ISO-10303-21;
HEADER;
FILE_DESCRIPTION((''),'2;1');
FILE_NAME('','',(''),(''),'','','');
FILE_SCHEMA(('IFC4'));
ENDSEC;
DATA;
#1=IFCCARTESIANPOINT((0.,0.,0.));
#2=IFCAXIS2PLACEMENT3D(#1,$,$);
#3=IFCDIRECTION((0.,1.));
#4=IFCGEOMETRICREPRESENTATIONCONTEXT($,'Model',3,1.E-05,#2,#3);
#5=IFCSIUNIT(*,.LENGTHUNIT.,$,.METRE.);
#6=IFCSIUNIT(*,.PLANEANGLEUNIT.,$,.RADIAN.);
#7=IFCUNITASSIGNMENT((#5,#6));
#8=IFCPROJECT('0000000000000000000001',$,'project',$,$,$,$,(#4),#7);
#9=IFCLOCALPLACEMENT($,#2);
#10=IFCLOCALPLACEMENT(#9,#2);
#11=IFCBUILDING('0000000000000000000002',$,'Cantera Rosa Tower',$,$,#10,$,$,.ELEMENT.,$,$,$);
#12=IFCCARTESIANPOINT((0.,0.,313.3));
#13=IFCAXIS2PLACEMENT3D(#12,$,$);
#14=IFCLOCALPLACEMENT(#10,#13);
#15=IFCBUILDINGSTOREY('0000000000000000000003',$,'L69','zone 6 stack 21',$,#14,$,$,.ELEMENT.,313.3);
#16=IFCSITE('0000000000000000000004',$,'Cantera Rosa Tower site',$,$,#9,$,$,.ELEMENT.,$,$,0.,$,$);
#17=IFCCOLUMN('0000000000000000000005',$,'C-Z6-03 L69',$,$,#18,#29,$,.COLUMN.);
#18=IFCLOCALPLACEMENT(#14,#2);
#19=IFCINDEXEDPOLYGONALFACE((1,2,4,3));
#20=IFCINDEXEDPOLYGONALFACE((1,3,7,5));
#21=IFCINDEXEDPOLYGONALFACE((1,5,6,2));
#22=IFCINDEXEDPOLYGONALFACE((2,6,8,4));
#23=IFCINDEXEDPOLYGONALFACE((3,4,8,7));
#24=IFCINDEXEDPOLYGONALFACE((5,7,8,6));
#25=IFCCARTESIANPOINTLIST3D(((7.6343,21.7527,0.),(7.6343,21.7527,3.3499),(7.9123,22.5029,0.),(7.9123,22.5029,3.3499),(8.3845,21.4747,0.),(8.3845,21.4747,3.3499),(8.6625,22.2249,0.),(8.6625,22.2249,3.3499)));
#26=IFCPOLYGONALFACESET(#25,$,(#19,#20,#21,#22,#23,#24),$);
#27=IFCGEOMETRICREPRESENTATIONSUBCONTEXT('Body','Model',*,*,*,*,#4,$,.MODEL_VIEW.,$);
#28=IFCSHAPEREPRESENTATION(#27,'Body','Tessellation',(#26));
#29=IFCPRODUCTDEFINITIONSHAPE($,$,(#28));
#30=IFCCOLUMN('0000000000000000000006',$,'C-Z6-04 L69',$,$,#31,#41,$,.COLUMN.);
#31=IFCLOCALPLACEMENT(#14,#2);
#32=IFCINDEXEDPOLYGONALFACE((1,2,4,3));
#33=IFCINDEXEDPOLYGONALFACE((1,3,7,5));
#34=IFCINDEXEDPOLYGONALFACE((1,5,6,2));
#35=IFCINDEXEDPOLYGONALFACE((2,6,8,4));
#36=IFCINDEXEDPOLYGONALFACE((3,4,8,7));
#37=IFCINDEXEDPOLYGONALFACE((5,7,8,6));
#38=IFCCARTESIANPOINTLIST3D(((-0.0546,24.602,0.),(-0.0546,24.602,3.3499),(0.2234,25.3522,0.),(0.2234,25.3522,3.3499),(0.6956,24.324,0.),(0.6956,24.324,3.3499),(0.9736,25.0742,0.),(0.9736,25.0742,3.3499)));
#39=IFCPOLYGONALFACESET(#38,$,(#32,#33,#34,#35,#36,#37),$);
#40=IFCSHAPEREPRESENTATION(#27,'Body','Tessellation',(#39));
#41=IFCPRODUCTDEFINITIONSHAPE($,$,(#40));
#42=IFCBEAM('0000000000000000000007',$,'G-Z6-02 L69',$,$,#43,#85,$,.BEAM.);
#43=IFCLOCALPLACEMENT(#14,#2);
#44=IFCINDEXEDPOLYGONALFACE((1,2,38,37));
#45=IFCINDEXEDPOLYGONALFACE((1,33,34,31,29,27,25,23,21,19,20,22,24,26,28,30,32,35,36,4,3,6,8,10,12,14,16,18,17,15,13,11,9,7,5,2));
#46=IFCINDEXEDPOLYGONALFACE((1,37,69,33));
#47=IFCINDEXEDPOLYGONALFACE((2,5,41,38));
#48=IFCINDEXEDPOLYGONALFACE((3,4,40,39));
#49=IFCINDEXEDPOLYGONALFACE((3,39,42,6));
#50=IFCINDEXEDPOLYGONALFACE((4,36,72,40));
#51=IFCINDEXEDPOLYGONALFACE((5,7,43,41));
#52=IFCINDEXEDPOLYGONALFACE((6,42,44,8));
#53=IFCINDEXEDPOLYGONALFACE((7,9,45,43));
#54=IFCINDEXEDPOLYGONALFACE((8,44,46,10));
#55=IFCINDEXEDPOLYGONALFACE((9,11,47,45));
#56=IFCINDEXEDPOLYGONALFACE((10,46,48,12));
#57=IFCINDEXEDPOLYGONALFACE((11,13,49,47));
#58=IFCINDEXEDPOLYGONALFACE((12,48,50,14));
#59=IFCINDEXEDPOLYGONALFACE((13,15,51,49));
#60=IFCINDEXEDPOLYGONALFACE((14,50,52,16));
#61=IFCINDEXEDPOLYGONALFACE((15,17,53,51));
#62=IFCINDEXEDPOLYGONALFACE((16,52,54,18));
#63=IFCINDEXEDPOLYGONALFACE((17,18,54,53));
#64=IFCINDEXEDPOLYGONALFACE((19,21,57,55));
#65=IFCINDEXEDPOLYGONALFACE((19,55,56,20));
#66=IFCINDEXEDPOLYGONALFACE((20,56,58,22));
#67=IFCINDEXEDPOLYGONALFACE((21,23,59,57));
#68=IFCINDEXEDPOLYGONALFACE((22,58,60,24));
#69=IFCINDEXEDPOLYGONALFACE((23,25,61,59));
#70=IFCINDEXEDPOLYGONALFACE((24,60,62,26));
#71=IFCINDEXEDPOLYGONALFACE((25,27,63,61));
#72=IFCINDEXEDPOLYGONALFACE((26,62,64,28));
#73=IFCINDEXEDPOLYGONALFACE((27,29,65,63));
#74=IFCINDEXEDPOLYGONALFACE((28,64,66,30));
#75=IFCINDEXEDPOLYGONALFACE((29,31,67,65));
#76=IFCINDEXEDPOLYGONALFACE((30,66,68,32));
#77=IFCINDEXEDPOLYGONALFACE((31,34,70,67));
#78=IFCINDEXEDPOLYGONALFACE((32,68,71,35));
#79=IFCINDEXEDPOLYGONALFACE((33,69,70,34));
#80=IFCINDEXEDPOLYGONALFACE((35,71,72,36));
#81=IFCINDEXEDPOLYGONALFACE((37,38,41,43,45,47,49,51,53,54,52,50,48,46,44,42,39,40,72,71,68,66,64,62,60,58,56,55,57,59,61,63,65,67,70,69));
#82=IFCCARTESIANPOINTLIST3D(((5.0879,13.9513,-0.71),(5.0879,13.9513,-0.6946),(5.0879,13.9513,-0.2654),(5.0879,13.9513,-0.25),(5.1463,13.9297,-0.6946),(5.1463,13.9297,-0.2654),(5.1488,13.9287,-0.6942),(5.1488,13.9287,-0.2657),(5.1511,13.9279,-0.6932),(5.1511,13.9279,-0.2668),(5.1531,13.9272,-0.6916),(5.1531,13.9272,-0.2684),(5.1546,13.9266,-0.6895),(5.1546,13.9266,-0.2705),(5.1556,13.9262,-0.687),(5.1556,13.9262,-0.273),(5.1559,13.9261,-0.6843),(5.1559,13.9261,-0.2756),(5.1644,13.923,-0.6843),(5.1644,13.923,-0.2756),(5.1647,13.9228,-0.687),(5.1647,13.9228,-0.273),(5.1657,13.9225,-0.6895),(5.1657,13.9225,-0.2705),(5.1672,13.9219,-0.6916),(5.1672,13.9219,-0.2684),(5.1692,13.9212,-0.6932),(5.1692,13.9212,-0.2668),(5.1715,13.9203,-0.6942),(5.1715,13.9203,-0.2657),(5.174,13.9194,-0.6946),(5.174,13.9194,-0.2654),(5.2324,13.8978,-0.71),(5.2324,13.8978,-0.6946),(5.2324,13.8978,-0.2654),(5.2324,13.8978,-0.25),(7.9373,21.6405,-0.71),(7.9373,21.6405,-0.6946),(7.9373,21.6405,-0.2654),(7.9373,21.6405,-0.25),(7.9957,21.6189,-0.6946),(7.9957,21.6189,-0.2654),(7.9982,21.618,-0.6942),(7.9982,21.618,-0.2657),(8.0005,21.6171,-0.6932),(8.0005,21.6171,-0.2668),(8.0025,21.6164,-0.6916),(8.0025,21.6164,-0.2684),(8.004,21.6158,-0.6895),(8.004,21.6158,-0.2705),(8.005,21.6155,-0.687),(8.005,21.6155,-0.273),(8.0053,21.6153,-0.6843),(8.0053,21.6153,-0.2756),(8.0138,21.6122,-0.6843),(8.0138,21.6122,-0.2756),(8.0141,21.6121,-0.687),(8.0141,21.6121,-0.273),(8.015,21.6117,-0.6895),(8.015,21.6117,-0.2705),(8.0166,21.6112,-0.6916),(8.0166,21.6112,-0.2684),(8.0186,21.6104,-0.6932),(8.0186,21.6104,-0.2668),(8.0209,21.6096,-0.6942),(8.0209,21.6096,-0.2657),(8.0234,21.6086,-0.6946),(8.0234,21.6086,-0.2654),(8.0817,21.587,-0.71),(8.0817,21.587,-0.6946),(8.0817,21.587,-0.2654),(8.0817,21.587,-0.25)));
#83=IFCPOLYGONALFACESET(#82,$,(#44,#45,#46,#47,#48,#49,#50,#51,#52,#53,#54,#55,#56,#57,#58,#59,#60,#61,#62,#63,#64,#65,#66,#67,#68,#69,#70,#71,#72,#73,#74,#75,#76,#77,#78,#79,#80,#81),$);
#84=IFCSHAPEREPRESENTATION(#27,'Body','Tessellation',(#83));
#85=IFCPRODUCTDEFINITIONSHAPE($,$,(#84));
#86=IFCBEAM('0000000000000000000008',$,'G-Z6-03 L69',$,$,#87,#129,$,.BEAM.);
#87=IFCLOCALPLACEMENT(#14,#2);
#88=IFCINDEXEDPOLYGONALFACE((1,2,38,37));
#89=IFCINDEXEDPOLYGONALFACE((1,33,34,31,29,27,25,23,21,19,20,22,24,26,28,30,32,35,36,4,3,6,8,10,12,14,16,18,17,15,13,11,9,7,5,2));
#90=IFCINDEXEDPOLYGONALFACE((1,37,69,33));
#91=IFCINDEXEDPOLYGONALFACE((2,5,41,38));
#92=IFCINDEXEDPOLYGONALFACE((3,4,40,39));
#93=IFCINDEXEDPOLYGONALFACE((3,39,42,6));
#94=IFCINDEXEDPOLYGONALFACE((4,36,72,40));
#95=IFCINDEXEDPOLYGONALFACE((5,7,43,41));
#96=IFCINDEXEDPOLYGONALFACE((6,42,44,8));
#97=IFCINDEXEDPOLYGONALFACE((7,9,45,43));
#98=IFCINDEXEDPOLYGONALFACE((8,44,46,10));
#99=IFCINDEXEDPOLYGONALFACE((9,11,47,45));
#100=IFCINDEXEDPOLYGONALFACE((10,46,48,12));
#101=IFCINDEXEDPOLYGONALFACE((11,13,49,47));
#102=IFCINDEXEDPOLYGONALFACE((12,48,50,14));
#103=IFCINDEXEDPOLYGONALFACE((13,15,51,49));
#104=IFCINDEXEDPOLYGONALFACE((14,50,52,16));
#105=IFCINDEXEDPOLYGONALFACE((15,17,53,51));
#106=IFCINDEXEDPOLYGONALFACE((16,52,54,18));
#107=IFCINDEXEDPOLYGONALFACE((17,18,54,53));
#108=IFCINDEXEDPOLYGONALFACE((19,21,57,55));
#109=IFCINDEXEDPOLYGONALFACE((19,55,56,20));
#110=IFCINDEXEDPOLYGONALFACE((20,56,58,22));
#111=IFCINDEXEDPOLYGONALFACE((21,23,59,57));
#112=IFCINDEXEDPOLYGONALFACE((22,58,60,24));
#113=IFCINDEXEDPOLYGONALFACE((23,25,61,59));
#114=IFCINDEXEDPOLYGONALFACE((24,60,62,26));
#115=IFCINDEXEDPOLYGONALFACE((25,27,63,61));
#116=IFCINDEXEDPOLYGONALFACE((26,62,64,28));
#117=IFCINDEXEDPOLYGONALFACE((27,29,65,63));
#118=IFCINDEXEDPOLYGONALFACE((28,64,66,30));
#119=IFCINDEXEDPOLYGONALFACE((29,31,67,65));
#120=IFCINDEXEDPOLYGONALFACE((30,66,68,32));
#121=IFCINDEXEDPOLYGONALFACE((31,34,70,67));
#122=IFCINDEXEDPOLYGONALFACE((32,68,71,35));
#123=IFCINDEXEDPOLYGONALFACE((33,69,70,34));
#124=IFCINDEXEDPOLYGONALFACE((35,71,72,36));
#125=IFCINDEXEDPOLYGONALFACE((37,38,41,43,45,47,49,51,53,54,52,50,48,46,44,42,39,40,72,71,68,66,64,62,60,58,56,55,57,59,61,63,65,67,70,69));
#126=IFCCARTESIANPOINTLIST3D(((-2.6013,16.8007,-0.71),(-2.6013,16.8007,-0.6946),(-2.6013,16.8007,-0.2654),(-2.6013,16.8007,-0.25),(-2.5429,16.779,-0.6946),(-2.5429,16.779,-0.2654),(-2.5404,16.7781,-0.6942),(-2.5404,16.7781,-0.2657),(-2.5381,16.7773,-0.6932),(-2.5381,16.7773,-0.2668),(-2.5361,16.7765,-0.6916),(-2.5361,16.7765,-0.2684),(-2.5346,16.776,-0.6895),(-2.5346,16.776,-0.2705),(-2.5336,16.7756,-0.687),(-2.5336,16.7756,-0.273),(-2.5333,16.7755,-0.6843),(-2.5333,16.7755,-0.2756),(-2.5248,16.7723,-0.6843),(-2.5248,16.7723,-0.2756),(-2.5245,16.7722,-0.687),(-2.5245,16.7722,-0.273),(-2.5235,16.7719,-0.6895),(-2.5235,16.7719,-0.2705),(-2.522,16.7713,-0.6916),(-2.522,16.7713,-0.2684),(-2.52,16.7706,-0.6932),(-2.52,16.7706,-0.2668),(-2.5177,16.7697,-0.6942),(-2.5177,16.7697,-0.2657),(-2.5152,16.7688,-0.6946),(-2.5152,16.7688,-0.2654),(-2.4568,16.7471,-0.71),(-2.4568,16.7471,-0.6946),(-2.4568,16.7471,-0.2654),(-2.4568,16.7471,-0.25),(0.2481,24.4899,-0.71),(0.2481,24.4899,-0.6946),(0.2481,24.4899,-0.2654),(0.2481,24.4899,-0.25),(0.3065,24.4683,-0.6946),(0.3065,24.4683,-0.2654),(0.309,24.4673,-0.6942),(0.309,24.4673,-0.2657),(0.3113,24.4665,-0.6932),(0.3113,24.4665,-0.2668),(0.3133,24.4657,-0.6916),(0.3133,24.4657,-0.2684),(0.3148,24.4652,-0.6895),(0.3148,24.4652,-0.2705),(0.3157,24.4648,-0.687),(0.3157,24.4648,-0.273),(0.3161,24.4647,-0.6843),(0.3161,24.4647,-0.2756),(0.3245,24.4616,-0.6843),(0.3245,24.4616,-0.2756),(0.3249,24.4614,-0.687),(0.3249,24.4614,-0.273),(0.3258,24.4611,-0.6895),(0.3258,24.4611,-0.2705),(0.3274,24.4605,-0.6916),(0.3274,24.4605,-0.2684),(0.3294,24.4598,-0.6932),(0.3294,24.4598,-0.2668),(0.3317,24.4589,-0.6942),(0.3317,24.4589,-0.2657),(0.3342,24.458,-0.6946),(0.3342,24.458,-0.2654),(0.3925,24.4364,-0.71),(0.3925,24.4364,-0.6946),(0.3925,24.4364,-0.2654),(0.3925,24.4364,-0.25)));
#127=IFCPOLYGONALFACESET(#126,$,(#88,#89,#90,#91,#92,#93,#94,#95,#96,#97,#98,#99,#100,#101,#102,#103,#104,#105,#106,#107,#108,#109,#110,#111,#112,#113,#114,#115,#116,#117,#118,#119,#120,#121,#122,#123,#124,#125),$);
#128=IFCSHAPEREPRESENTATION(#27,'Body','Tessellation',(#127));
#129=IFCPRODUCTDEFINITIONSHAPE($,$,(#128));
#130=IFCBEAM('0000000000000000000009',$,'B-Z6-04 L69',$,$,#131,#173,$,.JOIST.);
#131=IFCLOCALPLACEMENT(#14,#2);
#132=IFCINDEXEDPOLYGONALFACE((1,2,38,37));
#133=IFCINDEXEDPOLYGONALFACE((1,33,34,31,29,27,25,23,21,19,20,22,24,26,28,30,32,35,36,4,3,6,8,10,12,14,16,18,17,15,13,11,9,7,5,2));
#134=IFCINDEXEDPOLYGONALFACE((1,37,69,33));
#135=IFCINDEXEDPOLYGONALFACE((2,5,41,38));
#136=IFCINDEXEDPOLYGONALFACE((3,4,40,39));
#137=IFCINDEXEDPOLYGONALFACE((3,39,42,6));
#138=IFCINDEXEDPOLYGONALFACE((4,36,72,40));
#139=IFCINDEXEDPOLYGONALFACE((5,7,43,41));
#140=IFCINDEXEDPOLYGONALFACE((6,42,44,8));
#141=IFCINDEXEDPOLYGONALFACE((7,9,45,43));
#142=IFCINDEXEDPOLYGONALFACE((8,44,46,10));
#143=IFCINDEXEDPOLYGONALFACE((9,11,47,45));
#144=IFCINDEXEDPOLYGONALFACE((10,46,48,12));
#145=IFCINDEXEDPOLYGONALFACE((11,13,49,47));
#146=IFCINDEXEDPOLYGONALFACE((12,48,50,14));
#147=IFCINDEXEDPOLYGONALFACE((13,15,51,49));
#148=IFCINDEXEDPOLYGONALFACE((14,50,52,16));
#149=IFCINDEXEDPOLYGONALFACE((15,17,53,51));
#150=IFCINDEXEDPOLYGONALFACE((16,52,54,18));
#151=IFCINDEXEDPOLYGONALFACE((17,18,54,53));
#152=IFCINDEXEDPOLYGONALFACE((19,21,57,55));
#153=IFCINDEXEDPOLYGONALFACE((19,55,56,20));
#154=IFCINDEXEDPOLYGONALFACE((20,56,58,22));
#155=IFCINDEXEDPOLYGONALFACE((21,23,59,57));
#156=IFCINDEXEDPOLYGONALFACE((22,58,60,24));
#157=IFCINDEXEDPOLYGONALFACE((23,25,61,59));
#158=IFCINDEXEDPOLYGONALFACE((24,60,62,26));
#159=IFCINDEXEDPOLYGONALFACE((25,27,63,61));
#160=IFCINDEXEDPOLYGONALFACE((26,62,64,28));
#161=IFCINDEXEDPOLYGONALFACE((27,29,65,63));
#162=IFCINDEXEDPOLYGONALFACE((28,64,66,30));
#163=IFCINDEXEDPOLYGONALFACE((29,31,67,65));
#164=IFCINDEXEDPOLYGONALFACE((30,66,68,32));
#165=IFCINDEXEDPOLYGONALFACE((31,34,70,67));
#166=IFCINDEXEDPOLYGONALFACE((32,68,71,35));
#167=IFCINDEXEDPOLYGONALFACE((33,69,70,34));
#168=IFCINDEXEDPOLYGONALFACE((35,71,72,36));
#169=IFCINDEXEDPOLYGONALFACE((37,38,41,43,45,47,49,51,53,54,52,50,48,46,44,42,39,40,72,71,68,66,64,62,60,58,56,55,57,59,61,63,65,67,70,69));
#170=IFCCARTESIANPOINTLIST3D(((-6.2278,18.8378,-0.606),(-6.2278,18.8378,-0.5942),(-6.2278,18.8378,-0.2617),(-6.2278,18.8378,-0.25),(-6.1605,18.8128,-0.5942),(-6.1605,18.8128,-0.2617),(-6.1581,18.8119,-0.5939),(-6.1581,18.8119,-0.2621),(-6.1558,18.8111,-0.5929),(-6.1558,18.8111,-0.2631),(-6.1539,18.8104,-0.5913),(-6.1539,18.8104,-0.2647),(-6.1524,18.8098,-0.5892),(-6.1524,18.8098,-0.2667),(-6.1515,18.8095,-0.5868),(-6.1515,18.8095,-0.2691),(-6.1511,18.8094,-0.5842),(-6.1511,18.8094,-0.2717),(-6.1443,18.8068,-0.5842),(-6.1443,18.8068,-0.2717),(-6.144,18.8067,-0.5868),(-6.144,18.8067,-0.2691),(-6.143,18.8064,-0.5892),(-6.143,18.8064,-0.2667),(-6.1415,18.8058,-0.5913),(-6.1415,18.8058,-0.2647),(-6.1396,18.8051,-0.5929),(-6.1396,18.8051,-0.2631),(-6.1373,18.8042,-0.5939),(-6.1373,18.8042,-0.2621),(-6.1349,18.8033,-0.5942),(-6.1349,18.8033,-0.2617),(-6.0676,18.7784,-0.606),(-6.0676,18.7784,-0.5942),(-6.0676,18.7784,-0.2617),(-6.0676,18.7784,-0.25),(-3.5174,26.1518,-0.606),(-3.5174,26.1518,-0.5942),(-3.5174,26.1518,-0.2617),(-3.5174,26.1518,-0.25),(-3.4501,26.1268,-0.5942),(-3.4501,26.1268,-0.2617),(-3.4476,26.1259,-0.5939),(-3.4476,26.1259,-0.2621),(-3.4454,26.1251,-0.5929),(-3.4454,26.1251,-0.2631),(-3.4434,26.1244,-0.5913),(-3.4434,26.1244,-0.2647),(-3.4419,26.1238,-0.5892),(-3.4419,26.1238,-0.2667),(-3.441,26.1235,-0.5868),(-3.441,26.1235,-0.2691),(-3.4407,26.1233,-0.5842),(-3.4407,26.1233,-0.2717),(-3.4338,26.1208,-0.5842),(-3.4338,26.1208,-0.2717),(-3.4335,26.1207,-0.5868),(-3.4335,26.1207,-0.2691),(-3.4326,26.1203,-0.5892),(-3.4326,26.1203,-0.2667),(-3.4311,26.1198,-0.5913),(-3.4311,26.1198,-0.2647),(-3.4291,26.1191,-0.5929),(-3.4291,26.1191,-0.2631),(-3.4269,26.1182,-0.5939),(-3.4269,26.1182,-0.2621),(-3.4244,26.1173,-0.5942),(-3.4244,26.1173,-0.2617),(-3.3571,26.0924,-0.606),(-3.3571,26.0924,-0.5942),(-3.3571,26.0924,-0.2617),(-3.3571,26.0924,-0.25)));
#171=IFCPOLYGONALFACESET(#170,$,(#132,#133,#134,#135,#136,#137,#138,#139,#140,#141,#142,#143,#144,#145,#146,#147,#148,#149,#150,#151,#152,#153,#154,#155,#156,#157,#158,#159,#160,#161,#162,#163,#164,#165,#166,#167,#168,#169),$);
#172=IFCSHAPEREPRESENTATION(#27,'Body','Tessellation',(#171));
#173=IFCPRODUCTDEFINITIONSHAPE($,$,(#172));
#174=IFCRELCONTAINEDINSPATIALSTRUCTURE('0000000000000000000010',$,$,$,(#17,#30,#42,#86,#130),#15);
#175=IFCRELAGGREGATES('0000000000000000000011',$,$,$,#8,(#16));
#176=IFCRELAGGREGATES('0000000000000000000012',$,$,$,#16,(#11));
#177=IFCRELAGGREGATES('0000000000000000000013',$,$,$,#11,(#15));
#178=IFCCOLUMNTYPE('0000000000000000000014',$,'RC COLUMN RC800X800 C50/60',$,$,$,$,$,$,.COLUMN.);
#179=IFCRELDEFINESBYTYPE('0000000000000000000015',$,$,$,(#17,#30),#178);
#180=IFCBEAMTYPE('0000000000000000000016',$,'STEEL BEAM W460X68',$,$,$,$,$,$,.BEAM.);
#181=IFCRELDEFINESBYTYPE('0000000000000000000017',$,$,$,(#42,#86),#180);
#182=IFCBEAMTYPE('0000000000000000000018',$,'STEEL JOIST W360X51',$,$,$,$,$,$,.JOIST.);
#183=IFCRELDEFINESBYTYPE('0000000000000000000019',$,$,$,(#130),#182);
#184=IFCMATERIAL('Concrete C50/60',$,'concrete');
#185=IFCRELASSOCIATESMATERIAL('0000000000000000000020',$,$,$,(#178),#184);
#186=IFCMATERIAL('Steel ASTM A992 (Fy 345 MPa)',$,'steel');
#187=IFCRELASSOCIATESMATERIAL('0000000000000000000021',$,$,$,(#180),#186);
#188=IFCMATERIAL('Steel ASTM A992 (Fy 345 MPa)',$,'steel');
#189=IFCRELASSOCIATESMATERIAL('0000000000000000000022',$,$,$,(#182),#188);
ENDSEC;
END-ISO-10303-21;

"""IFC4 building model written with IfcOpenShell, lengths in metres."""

from ifc_helpers import new_model, si_unit, direction, frame, origin, origin_2d, place, context, subcontext, project, spatial, rectangle, i_section, extrude, material, material_profile, profile_set, type_object, element, save


model = new_model("IFC4")

# Units and contexts
model_context = context("Model", 3, precision=1e-05, world=origin(), true_north=direction((0.0, 1.0)))
body_context = subcontext(model_context, "Body", "Model", "MODEL_VIEW")
ifc_project = project(units=[si_unit("LENGTHUNIT", "METRE"), si_unit("PLANEANGLEUNIT", "RADIAN")], contexts=[model_context])

# Site, building, storey
site_placement = place(None, origin())
site = spatial("IfcSite", under=ifc_project, at=site_placement, Name="Cantera Rosa Tower site", CompositionType="ELEMENT", RefElevation=0.0)
building_placement = place(site_placement, origin())
building = spatial("IfcBuilding", under=site, at=building_placement, Name="Cantera Rosa Tower", CompositionType="ELEMENT")
storey_placement = place(building_placement, frame((0.0, 0.0, 313.3)))
storey = spatial("IfcBuildingStorey", under=building, at=storey_placement, Name="L69", Description="zone 6 stack 21", CompositionType="ELEMENT", Elevation=313.3)

# Columns
ifc_material_1 = material(Name="Concrete C50/60", Category="concrete")
ifc_material_profile_1 = material_profile(ifc_material_1, rectangle(XDim=0.8, YDim=0.8, at=origin_2d()), Name="RC COLUMN RC800X800 C50/60")
ifc_profile_set_1 = profile_set([ifc_material_profile_1], Name="Concrete C50/60")
column_type = type_object("IfcColumnType", Name="RC COLUMN RC800X800 C50/60", PredefinedType="COLUMN", material=ifc_profile_set_1)
for number, where, z_axis, x_axis, name in (
    (1, (8.1484, 21.9888, 0.0), (0.0, 0.0, 1.0), (0.347481, 0.937687, 0.0), "C-Z6-03 L69"),
    (2, (0.4595, 24.8381, 0.0), (0.0, 0.0, 1.0), (0.347481, 0.937687, 0.0), "C-Z6-04 L69"),
):
    element("IfcColumn", number, at=place(storey_placement, frame(where, z_axis=z_axis, x_axis=x_axis)), inside=storey, type_object=column_type, Name=name, PredefinedType="COLUMN", context=body_context, shape_type="SweptSolid", body=[
        extrude(rectangle(XDim=0.8, YDim=0.8, at=origin_2d()), origin(), (0.0, 0.0, 1.0), 3.3499),
    ])

# Beams
ifc_material_2 = material(Name="Steel ASTM A992 (Fy 345 MPa)", Category="steel")
ifc_material_profile_2 = material_profile(ifc_material_2, i_section(OverallWidth=0.1541, OverallDepth=0.46, WebThickness=0.009, FlangeThickness=0.0154, FilletRadius=0.0103, at=origin_2d()), Name="W460X68")
ifc_profile_set_2 = profile_set([ifc_material_profile_2], Name="Steel ASTM A992 (Fy 345 MPa)")
beam_type_1 = type_object("IfcBeamType", Name="STEEL BEAM W460X68", PredefinedType="BEAM", material=ifc_profile_set_2)
for number, where, z_axis, x_axis, name in (
    (3, (8.0095, 21.6138, -0.48), (-0.347476, -0.937689, 0.0), (0.937689, -0.347476, 0.0), "G-Z6-02 L69"),
    (4, (0.3203, 24.4631, -0.48), (-0.347476, -0.937689, 0.0), (0.937689, -0.347476, 0.0), "G-Z6-03 L69"),
):
    element("IfcBeam", number, at=place(storey_placement, frame(where, z_axis=z_axis, x_axis=x_axis)), inside=storey, type_object=beam_type_1, Name=name, PredefinedType="BEAM", context=body_context, shape_type="SweptSolid", body=[
        extrude(i_section(OverallWidth=0.1541, OverallDepth=0.46, WebThickness=0.009, FlangeThickness=0.0154, FilletRadius=0.0103, at=origin_2d()), origin(), (0.0, 0.0, 1.0), 8.2002),
    ])
ifc_material_3 = material(Name="Steel ASTM A992 (Fy 345 MPa)", Category="steel")
ifc_material_profile_3 = material_profile(ifc_material_3, i_section(OverallWidth=0.1709, OverallDepth=0.356, WebThickness=0.0073, FlangeThickness=0.0117, FilletRadius=0.01, at=origin_2d()), Name="W360X51")
ifc_profile_set_3 = profile_set([ifc_material_profile_3], Name="Steel ASTM A992 (Fy 345 MPa)")
beam_type_2 = type_object("IfcBeamType", Name="STEEL JOIST W360X51", PredefinedType="JOIST", material=ifc_profile_set_3)
beam_1_placement = place(storey_placement, frame((-3.4373, 26.1221, -0.428), z_axis=(-0.347492, -0.937683, 0.0), x_axis=(0.937683, -0.347492, 0.0)))
element("IfcBeam", 5, at=beam_1_placement, inside=storey, type_object=beam_type_2, Name="B-Z6-04 L69", PredefinedType="JOIST", context=body_context, shape_type="SweptSolid", body=[
    extrude(i_section(OverallWidth=0.1709, OverallDepth=0.356, WebThickness=0.0073, FlangeThickness=0.0117, FilletRadius=0.01, at=origin_2d()), origin(), (0.0, 0.0, 1.0), 7.8),
])

save(model, "model.ifc")
